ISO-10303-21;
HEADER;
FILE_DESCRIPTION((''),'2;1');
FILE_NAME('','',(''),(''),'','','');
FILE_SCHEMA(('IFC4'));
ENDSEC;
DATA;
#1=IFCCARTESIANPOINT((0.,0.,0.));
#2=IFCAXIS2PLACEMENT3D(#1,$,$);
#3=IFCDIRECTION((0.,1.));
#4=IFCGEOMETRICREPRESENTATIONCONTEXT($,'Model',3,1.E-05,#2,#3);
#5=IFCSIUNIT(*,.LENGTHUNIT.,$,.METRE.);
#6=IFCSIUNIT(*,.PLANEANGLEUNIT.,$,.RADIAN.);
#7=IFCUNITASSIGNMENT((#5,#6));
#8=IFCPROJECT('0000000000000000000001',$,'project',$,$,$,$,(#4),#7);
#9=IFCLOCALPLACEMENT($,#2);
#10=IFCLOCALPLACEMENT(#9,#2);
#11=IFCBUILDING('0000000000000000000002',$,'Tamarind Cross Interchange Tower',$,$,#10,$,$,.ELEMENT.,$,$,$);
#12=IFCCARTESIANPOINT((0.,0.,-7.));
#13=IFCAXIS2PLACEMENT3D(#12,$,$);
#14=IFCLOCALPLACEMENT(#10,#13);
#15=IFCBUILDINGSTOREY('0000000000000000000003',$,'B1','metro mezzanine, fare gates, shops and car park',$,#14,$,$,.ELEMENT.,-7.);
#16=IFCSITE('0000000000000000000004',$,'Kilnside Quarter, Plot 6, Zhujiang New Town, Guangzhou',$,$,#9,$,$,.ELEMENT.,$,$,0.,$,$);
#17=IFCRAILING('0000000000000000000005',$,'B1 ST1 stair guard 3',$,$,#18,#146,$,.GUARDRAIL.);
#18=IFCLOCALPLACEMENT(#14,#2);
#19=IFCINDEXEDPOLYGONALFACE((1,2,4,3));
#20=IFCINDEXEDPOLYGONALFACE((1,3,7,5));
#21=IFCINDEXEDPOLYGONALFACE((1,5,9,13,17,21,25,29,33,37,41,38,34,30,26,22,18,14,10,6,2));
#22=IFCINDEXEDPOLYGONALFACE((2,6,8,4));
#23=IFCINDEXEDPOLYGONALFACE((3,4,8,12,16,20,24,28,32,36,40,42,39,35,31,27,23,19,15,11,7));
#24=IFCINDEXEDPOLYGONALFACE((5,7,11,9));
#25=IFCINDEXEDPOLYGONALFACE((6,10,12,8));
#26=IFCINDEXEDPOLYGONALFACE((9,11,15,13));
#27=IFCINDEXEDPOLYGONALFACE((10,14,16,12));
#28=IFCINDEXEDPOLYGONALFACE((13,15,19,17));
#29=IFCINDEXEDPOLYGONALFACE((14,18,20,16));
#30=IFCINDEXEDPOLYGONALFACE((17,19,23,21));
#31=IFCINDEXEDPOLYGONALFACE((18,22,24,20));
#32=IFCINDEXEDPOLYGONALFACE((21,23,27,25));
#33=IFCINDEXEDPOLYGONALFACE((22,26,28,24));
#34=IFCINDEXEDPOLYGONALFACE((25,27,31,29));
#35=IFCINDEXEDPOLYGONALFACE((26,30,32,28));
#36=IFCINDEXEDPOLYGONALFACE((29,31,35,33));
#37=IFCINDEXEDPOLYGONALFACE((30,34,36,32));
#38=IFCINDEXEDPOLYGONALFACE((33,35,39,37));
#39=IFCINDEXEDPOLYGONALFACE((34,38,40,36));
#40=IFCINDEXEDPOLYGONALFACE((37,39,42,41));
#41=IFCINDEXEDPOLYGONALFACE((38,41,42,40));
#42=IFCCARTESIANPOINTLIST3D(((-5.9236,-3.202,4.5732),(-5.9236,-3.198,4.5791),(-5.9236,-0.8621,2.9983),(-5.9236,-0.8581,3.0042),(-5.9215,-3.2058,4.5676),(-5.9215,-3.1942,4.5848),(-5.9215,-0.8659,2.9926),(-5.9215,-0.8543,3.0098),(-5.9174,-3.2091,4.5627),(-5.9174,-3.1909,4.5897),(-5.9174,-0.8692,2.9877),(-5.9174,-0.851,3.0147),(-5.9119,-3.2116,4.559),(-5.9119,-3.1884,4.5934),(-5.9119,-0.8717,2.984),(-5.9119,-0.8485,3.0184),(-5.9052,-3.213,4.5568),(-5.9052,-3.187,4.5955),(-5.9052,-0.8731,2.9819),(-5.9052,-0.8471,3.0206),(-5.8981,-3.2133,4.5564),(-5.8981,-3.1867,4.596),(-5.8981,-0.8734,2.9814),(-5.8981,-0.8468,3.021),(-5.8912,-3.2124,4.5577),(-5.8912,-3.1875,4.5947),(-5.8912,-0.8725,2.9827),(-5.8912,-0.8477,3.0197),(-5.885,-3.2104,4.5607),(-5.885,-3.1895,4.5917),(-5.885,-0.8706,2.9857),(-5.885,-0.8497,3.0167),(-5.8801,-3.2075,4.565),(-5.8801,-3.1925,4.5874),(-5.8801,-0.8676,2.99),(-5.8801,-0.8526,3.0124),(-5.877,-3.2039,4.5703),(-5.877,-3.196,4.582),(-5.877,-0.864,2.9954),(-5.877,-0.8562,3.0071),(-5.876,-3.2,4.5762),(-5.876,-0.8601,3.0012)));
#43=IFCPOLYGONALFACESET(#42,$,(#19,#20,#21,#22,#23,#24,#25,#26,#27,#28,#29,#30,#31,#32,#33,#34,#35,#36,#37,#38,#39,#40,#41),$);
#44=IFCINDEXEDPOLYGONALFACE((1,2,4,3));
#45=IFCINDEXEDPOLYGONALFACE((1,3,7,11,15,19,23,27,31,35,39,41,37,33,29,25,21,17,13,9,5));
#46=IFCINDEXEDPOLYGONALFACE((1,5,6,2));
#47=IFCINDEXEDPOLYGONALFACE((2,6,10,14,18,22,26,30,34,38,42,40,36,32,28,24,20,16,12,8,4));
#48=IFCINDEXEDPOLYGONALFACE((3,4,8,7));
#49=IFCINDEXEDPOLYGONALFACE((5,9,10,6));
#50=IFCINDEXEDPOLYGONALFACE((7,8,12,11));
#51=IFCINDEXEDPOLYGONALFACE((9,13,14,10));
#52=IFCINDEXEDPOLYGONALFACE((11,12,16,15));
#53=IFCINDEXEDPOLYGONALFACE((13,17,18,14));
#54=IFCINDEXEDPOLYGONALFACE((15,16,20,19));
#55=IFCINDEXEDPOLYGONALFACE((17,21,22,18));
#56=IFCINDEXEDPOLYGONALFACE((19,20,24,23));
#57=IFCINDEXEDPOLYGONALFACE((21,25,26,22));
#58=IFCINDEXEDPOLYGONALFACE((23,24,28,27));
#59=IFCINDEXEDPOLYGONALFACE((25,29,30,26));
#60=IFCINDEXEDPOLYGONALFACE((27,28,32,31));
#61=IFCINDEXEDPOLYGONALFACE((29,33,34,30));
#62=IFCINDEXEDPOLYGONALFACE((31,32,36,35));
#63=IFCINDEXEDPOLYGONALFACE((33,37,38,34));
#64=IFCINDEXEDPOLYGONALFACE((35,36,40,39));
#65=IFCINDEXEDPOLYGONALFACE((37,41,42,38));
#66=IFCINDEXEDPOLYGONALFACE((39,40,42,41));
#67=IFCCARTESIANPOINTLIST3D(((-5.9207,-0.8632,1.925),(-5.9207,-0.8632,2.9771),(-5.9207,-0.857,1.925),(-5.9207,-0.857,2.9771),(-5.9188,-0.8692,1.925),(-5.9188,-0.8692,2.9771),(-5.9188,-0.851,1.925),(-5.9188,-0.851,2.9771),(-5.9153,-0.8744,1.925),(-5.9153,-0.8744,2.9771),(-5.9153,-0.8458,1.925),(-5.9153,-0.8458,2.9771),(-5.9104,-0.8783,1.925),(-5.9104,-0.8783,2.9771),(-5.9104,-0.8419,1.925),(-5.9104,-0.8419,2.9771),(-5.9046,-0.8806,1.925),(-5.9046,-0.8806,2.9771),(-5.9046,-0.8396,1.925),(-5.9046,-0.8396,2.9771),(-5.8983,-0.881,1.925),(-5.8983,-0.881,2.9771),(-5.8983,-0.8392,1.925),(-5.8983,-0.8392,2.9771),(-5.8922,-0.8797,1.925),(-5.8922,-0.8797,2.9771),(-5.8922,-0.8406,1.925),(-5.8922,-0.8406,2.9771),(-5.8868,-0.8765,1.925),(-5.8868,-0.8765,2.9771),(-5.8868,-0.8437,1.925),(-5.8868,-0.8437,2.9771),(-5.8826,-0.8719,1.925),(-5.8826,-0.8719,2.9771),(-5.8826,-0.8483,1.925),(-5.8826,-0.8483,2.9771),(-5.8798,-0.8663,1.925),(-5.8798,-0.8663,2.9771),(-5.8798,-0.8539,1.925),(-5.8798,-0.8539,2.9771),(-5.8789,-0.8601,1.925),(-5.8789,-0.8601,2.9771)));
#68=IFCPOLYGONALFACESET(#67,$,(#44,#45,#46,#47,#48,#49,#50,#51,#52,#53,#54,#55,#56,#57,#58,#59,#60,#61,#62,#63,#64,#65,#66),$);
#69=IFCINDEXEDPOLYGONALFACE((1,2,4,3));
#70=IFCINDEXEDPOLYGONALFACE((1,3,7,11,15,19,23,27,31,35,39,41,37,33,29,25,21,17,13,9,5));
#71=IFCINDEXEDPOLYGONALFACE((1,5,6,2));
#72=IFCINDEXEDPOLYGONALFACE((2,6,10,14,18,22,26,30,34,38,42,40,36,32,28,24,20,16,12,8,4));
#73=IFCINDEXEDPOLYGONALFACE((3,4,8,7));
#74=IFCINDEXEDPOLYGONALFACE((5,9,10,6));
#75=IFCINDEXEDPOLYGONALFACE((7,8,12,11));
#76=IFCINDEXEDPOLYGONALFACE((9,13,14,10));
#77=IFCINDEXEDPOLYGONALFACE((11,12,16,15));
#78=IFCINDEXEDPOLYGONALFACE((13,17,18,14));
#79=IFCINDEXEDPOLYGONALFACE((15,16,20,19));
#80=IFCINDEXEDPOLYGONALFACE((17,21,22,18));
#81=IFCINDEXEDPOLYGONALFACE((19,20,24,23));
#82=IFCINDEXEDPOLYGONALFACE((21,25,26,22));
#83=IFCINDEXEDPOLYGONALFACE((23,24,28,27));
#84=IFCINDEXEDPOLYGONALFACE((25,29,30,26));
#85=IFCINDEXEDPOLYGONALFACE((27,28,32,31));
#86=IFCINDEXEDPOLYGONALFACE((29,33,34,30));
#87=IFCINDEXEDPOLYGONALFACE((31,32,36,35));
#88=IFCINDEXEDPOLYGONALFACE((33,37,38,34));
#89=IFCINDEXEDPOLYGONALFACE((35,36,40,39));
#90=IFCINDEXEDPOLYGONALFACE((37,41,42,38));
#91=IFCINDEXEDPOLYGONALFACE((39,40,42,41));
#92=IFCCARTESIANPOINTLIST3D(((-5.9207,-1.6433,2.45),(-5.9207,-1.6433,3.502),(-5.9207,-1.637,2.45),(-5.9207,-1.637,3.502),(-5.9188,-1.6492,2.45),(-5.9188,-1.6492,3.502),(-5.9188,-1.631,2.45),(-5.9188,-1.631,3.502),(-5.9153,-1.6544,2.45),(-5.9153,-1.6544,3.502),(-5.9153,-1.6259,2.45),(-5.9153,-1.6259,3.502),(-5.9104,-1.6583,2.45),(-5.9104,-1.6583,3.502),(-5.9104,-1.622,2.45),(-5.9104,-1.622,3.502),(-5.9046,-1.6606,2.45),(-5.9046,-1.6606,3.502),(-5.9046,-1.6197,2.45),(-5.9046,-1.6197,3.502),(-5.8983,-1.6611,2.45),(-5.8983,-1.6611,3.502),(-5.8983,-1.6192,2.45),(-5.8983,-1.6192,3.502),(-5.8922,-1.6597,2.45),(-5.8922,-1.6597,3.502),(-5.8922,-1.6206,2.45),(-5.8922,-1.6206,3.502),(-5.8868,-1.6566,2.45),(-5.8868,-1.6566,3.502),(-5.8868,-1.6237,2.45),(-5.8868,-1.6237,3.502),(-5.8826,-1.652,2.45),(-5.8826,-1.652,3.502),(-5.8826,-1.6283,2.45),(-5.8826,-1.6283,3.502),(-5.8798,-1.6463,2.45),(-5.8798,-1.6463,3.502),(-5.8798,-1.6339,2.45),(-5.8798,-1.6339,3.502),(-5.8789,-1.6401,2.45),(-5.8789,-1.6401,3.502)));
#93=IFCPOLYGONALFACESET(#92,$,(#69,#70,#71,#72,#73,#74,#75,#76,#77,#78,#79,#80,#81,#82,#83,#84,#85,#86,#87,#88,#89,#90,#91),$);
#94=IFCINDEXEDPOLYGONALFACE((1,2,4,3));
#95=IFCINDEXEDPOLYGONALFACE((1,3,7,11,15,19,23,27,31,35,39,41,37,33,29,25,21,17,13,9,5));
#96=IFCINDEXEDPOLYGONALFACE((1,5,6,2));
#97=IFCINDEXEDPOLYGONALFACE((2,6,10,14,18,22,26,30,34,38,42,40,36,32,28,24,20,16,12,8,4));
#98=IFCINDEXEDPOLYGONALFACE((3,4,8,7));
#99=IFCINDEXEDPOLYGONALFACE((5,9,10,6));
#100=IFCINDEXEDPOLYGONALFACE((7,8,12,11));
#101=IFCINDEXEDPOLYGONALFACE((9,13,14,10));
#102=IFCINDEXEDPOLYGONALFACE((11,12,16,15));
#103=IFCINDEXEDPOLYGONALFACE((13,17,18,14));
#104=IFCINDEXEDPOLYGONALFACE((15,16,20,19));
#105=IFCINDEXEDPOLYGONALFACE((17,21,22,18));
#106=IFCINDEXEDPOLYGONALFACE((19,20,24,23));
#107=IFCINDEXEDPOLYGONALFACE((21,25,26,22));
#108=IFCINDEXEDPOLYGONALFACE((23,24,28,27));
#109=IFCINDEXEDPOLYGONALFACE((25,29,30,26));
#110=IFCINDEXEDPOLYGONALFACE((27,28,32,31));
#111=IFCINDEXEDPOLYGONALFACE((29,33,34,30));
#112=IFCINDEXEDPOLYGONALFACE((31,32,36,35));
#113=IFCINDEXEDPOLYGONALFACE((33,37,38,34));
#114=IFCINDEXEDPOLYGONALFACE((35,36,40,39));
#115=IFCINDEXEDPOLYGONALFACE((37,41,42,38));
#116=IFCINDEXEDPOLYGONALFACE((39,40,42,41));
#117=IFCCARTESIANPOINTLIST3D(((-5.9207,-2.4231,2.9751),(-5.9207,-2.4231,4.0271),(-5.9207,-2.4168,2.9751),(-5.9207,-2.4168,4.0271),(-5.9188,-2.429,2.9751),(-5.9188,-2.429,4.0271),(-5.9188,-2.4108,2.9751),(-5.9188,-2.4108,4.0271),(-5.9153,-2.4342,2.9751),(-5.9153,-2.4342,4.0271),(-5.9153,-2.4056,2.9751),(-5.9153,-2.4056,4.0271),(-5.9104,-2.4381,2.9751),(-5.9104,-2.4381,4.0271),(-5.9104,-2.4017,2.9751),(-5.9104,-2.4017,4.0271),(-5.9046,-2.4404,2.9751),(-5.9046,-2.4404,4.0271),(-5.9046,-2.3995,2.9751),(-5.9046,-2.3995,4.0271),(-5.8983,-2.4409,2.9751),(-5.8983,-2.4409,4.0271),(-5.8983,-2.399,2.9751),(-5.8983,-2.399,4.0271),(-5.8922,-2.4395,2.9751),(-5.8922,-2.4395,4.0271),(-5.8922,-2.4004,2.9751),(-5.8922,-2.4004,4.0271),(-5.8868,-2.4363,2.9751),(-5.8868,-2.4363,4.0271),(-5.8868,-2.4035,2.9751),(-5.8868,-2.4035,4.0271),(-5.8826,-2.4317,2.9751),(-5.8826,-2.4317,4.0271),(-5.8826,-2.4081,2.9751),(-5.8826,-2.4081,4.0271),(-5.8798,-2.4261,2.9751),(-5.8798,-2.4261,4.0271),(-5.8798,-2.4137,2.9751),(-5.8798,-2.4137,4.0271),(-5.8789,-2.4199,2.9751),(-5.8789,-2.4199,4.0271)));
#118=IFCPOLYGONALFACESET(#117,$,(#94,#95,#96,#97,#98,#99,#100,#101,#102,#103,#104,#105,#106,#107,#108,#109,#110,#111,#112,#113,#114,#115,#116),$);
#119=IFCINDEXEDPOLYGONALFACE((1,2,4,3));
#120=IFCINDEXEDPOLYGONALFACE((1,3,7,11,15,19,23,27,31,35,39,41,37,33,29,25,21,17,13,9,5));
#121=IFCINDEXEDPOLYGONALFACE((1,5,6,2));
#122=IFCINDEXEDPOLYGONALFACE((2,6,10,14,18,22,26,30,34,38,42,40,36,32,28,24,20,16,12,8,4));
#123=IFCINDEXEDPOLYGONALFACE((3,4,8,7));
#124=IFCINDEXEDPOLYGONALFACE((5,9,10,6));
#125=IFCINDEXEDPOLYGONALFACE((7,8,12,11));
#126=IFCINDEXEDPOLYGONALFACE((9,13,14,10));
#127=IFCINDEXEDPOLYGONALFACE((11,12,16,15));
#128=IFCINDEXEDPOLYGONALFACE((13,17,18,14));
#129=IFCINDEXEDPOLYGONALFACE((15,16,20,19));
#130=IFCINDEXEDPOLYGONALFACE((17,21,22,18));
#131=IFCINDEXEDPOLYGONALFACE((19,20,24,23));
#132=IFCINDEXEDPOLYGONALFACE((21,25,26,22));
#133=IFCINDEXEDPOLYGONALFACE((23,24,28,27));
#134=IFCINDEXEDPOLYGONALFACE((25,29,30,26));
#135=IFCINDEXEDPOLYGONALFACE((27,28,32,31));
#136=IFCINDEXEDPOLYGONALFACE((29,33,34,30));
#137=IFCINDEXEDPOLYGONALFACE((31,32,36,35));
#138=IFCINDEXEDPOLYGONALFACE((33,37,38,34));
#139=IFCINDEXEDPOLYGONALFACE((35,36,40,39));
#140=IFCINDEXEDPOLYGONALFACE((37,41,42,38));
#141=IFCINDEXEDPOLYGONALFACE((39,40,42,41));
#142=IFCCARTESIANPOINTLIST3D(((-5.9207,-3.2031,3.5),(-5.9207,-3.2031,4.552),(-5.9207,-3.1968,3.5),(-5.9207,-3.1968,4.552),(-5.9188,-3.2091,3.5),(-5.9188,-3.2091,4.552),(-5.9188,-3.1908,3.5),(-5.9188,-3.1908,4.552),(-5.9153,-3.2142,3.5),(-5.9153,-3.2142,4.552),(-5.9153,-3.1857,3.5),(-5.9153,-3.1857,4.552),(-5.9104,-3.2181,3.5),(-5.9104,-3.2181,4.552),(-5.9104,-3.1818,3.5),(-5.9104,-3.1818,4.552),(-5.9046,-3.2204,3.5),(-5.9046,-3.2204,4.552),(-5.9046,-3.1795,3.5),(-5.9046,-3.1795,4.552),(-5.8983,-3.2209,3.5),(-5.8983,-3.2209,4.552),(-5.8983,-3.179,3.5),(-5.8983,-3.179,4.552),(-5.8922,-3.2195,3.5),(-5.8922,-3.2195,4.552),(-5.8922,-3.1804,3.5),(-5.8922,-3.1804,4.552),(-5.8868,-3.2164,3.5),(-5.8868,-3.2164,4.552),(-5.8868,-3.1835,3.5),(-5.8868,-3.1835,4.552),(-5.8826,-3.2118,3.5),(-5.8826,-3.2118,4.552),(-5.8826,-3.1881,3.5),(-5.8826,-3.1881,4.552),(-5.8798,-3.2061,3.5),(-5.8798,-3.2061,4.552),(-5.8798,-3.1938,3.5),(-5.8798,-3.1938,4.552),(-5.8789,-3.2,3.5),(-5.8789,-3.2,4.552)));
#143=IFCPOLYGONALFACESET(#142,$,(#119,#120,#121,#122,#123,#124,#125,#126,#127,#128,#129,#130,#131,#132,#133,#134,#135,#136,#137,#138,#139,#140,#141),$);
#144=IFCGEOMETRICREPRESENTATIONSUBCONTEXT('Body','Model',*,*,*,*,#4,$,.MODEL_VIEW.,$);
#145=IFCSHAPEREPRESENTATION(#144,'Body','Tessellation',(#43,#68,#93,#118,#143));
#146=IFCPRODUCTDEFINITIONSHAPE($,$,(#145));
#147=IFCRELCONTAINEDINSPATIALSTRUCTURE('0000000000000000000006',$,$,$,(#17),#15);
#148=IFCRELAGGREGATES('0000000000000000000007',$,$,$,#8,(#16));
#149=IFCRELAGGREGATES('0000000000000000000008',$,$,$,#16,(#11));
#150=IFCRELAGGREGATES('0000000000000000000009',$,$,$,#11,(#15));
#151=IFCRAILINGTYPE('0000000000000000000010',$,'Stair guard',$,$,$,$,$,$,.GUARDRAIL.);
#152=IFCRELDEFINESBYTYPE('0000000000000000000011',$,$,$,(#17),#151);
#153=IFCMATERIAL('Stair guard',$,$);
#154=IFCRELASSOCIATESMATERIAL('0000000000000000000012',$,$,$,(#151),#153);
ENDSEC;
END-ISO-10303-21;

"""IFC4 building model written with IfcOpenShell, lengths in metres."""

from ifc_helpers import new_model, si_unit, direction, frame, origin, origin_2d, place, context, subcontext, project, spatial, circle, extrude, material, type_object, element, save


model = new_model("IFC4")

# Units and contexts
model_context = context("Model", 3, precision=1e-05, world=origin(), true_north=direction((0.0, 1.0)))
body_context = subcontext(model_context, "Body", "Model", "MODEL_VIEW")
ifc_project = project(units=[si_unit("LENGTHUNIT", "METRE"), si_unit("PLANEANGLEUNIT", "RADIAN")], contexts=[model_context])

# Site, building, storey
site_placement = place(None, origin())
site = spatial("IfcSite", under=ifc_project, at=site_placement, Name="Kilnside Quarter, Plot 6, Zhujiang New Town, Guangzhou", CompositionType="ELEMENT", RefElevation=0.0)
building_placement = place(site_placement, origin())
building = spatial("IfcBuilding", under=site, at=building_placement, Name="Tamarind Cross Interchange Tower", CompositionType="ELEMENT")
storey_placement = place(building_placement, frame((0.0, 0.0, -7.0)))
storey = spatial("IfcBuildingStorey", under=building, at=storey_placement, Name="B1", Description="metro mezzanine, fare gates, shops and car park", CompositionType="ELEMENT", Elevation=-7.0)

# Railing
ifc_material_1 = material(Name="Stair guard")
railing_type_1 = type_object("IfcRailingType", Name="Stair guard", PredefinedType="GUARDRAIL", material=ifc_material_1)
railing_1_placement = place(storey_placement, frame((-5.8999, -0.8601, 1.925)))
element("IfcRailing", 1, at=railing_1_placement, inside=storey, type_object=railing_type_1, Name="B1 ST1 stair guard 3", PredefinedType="GUARDRAIL", context=body_context, shape_type="SweptSolid", body=[
    extrude(circle(Radius=0.0239, at=origin_2d()), frame((0.0, 0.0, 1.0762), z_axis=(0.0, -0.829578, 0.55839), x_axis=(1.0, 0.0, 0.0)), (0.0, 0.0, 1.0), 2.8206),
    extrude(circle(Radius=0.021, at=origin_2d()), origin(), (0.0, 0.0, 1.0), 1.052),
    extrude(circle(Radius=0.021, at=origin_2d()), frame((0.0, -0.78, 0.5249)), (0.0, 0.0, 1.0), 1.052),
    extrude(circle(Radius=0.021, at=origin_2d()), frame((0.0, -1.5598, 1.05)), (0.0, 0.0, 1.0), 1.052),
    extrude(circle(Radius=0.021, at=origin_2d()), frame((0.0, -2.3398, 1.575)), (0.0, 0.0, 1.0), 1.052),
])

save(model, "model.ifc")
